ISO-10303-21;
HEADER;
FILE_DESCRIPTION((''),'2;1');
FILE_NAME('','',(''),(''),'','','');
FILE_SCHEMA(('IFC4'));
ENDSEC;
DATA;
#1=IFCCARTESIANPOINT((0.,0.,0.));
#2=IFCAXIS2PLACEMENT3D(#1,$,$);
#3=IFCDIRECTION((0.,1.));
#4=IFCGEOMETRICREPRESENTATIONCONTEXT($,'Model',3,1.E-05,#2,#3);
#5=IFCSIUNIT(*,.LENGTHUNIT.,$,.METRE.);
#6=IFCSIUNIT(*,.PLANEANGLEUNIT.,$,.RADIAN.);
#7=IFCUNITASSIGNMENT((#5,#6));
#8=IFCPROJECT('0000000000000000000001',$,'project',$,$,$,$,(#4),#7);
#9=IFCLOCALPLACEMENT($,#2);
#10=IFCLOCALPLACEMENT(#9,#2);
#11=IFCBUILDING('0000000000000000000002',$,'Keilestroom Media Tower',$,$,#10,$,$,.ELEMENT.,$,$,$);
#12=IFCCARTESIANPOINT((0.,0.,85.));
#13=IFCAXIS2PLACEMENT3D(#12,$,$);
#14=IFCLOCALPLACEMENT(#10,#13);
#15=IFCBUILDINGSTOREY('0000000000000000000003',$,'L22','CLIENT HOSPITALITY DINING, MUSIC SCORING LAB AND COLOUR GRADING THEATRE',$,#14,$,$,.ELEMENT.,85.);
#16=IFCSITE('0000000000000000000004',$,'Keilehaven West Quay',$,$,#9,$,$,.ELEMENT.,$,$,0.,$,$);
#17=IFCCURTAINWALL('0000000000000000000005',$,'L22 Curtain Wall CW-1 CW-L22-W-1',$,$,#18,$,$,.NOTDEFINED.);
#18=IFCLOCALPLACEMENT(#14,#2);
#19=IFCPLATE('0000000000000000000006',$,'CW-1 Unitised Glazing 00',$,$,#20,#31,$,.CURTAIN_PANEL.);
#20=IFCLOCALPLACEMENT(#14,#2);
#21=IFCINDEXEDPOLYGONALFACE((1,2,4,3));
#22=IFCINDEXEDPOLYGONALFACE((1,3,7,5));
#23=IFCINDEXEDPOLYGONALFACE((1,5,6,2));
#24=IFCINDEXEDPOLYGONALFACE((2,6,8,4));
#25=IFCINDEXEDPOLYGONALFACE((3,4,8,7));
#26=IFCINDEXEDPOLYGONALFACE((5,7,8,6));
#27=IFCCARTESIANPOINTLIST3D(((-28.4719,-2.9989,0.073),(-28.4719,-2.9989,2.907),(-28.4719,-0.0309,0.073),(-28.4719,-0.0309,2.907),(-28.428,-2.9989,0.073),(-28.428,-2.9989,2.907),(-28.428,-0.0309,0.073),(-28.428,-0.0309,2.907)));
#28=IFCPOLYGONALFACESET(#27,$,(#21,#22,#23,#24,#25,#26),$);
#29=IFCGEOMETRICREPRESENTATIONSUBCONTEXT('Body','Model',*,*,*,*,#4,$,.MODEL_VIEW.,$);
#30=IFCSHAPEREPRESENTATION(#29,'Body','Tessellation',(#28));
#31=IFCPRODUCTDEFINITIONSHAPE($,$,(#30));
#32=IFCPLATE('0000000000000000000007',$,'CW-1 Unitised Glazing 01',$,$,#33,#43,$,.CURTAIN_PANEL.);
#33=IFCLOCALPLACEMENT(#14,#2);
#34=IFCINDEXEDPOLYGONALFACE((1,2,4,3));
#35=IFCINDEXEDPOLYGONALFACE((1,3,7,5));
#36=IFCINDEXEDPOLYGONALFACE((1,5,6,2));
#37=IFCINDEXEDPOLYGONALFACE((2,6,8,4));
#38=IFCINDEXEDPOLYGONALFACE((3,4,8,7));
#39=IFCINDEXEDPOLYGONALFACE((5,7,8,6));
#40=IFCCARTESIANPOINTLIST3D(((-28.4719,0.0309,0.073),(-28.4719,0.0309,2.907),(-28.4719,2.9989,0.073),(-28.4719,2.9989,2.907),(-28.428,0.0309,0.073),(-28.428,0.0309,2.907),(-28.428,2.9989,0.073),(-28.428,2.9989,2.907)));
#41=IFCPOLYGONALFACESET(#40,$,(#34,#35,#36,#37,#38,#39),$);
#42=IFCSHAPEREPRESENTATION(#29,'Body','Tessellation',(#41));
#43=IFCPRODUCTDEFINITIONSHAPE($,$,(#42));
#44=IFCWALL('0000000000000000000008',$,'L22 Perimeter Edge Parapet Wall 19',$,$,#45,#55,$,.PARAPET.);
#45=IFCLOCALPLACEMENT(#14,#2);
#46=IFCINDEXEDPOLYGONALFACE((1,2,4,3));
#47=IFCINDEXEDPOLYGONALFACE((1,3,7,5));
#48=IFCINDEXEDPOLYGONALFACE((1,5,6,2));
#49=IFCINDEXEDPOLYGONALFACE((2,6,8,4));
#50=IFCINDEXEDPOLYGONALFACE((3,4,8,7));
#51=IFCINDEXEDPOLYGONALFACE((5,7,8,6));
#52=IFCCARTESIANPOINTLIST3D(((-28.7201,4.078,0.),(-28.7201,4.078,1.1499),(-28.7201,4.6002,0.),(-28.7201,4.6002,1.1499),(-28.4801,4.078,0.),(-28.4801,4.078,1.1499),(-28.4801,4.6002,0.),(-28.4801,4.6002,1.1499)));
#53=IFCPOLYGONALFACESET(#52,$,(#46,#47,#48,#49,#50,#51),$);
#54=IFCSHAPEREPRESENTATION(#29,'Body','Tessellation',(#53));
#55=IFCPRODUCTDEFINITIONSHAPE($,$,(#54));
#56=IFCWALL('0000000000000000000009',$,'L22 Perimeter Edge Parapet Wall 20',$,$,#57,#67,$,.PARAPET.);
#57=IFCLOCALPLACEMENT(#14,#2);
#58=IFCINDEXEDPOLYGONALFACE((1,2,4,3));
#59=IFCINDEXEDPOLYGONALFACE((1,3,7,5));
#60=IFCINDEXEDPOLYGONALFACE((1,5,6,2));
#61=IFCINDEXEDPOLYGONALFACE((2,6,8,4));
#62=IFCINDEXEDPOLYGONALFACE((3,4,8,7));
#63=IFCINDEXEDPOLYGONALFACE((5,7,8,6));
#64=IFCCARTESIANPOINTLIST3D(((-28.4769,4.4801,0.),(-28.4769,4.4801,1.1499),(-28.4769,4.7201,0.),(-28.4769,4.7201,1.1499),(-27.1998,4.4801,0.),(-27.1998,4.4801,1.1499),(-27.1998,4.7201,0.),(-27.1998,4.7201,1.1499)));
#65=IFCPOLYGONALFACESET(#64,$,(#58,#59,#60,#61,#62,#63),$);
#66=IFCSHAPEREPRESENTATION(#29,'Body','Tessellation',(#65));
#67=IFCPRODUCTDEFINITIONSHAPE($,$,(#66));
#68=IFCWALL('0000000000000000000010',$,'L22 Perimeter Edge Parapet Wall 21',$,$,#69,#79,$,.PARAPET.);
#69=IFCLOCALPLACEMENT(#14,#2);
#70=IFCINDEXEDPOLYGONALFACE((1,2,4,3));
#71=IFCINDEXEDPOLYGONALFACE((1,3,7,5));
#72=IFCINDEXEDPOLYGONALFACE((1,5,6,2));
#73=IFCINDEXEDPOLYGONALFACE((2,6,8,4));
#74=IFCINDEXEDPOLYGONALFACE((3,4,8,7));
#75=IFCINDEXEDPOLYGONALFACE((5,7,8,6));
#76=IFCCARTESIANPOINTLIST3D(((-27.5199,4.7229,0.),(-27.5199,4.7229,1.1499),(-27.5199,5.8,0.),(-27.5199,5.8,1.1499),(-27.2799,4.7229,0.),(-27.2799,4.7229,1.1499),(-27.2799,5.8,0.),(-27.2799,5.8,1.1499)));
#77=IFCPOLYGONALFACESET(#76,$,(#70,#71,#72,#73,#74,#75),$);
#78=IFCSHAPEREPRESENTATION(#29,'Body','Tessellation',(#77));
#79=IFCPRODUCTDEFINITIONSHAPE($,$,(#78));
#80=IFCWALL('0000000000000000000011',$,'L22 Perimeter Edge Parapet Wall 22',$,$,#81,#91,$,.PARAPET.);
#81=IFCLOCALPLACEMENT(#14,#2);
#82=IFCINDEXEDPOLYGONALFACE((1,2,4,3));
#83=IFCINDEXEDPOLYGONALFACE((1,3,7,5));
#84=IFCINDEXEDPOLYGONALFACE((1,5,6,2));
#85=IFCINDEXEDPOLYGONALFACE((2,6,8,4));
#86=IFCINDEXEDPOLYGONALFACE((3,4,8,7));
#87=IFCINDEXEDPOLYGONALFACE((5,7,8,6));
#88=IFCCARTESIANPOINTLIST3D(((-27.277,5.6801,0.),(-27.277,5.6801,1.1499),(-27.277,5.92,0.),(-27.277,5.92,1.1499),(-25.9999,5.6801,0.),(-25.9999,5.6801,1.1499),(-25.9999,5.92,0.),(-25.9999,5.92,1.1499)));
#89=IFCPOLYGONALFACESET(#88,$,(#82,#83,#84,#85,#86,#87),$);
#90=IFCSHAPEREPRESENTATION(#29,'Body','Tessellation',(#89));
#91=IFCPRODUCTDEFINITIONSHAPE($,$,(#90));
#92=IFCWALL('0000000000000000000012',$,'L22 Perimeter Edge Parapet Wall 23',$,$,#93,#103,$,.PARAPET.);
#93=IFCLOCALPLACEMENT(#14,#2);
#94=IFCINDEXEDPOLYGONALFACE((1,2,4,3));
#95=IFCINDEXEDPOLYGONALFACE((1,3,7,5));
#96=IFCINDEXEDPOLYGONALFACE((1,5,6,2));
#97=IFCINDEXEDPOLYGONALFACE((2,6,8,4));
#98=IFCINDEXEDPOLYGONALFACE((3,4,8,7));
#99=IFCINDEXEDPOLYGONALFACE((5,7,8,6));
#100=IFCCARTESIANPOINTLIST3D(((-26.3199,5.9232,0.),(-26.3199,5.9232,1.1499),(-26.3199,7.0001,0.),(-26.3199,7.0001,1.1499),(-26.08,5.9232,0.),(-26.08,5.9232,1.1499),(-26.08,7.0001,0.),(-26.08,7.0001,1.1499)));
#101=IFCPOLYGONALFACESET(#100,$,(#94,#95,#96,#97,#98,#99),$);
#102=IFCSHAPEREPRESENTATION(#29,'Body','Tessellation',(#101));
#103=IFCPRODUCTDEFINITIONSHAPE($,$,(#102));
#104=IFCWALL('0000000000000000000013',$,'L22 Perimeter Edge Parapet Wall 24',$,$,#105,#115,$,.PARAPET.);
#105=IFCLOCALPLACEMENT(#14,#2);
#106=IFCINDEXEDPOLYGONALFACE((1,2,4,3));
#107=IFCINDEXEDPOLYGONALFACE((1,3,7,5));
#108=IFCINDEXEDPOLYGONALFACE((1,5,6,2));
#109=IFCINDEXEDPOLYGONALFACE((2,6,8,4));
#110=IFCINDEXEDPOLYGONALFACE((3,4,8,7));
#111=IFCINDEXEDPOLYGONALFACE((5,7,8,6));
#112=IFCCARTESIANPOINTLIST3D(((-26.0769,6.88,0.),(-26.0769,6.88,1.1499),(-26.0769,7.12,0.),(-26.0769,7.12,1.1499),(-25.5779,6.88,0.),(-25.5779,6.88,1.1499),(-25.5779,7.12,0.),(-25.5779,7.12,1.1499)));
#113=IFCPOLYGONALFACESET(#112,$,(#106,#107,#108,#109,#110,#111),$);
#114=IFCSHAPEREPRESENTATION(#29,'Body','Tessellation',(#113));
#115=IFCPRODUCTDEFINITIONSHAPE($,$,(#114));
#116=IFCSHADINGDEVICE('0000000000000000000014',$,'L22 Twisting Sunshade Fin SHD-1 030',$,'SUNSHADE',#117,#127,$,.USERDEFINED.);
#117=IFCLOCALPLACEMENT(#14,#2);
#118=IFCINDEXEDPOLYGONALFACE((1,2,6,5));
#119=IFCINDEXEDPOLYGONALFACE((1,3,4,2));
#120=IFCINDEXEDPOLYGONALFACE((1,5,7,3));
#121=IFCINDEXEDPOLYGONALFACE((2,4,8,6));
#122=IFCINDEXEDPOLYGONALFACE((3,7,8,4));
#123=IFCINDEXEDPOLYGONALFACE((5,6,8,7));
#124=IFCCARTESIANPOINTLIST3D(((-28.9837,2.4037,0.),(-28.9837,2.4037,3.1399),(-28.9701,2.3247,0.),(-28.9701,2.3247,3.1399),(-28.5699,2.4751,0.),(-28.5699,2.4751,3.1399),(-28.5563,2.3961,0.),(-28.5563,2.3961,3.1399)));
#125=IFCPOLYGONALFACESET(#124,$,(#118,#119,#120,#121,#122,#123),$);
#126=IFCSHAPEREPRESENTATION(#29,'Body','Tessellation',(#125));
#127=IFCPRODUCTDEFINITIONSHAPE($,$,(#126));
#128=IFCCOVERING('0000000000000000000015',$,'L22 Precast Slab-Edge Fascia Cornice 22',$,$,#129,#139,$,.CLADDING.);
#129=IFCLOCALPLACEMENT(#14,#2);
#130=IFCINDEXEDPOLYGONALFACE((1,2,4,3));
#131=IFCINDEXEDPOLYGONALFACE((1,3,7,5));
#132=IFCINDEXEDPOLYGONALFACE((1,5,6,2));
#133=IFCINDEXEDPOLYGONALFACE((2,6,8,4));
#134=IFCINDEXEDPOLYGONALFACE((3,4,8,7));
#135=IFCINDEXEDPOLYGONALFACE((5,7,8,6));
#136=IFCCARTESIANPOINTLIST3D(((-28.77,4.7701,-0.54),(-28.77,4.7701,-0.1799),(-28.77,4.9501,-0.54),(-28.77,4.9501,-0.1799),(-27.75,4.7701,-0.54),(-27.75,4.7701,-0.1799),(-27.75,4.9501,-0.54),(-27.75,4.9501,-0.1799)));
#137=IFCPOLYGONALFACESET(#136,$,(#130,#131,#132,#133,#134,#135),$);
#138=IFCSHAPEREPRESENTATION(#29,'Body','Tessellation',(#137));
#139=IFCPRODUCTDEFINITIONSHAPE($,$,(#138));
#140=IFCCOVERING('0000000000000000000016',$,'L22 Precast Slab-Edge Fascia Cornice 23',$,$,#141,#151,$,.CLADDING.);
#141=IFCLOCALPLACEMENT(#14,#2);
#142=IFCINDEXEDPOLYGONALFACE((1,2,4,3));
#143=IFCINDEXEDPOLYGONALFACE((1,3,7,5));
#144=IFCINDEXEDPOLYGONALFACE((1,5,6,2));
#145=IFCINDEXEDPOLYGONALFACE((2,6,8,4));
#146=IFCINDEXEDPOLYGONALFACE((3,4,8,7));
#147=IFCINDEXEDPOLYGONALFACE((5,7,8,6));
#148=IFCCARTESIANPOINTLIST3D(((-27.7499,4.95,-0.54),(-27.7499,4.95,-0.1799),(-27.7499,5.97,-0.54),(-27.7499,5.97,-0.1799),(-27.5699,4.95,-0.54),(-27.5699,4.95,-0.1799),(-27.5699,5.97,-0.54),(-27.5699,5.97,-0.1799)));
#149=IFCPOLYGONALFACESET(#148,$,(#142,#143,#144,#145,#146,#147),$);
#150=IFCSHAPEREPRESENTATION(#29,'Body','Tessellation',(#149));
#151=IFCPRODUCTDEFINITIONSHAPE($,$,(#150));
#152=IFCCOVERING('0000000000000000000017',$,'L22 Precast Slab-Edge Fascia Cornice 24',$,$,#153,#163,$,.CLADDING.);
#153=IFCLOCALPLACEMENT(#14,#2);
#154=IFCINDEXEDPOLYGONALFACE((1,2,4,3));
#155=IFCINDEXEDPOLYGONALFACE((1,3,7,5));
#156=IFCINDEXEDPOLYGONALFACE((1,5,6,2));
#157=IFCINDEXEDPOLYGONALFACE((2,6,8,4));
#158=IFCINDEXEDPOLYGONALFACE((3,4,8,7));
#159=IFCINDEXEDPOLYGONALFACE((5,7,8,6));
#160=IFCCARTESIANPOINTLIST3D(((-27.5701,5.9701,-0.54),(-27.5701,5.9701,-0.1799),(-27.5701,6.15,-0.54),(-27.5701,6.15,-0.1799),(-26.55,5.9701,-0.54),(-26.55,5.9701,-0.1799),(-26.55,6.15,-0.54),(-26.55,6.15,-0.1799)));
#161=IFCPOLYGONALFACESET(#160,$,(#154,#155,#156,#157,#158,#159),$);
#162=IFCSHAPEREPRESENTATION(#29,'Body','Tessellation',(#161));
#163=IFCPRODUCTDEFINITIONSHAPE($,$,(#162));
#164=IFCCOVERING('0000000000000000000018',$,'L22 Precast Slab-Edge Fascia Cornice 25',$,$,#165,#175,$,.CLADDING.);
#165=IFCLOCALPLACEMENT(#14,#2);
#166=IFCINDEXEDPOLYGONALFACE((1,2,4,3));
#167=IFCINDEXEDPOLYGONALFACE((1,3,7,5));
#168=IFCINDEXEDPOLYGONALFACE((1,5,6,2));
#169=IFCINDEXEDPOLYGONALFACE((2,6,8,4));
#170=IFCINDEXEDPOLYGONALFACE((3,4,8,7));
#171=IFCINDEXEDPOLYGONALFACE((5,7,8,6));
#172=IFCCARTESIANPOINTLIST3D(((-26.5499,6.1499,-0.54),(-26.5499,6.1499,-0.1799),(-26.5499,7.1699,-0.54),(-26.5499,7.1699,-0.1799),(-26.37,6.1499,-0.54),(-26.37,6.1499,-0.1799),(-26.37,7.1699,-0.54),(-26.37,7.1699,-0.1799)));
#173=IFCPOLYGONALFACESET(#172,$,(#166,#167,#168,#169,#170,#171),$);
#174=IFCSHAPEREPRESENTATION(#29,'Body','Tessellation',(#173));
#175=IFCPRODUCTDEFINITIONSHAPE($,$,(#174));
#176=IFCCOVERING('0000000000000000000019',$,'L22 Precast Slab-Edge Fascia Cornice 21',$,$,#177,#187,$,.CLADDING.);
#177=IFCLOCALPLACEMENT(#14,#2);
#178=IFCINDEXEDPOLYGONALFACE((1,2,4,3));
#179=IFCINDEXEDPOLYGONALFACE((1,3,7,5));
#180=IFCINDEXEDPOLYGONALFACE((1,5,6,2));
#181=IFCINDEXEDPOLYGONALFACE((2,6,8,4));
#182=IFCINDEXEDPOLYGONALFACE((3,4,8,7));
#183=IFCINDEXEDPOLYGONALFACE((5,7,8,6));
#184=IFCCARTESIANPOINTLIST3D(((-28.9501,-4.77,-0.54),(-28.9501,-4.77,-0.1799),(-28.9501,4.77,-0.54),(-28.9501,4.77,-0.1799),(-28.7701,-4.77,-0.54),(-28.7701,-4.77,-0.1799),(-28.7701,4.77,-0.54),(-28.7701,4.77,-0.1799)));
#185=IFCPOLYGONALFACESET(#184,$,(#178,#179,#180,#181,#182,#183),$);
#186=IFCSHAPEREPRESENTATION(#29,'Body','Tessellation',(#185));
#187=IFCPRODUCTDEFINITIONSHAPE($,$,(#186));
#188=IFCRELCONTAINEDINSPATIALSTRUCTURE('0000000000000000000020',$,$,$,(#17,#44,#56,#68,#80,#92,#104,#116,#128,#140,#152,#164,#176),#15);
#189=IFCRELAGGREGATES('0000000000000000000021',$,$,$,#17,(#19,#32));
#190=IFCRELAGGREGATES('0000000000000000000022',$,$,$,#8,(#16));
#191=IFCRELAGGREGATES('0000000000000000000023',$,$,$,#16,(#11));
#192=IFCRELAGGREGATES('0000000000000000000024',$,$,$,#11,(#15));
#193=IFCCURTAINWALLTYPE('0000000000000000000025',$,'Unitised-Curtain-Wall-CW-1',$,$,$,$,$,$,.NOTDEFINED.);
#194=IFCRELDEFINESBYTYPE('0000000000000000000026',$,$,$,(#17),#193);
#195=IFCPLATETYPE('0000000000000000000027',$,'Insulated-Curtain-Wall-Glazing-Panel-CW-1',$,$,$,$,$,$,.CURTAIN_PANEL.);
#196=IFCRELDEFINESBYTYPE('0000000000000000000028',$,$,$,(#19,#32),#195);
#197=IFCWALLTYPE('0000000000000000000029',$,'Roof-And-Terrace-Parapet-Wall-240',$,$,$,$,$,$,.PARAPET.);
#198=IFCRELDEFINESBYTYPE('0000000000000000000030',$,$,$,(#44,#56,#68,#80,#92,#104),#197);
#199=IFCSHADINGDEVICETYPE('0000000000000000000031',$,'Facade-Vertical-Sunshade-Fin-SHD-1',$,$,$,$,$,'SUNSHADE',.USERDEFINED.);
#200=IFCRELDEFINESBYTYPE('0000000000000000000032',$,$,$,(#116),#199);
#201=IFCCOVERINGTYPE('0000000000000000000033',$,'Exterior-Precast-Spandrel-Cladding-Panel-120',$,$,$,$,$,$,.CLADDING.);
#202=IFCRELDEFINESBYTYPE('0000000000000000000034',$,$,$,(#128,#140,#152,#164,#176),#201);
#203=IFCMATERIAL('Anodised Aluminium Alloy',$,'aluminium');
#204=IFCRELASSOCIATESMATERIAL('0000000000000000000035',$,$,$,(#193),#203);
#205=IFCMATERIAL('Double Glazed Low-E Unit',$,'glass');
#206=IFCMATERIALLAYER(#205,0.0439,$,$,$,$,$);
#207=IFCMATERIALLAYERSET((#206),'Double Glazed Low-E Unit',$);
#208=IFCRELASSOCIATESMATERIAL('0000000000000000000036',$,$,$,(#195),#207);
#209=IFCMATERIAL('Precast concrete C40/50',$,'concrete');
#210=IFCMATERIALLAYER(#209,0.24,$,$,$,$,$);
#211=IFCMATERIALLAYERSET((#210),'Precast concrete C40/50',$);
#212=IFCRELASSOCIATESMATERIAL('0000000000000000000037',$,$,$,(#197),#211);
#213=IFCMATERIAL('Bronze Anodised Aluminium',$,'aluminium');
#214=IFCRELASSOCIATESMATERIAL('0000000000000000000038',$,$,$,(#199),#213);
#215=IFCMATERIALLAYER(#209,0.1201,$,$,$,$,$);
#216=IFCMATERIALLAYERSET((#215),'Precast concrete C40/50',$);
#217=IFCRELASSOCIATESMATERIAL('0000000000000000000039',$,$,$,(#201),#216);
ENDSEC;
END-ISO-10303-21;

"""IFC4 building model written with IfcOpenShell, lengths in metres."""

from ifc_helpers import new_model, si_unit, direction, frame, frame_2d, origin, origin_2d, place, context, subcontext, project, spatial, rectangle, extrude, source, transform, mapped, material, layer, layer_set, type_object, element, aggregate, save


model = new_model("IFC4")

# Units and contexts
model_context = context("Model", 3, precision=1e-05, world=origin(), true_north=direction((0.0, 1.0)))
body_context = subcontext(model_context, "Body", "Model", "MODEL_VIEW")
ifc_project = project(units=[si_unit("LENGTHUNIT", "METRE"), si_unit("PLANEANGLEUNIT", "RADIAN")], contexts=[model_context])

# Site, building, storey
site_placement = place(None, origin())
site = spatial("IfcSite", under=ifc_project, at=site_placement, Name="Keilehaven West Quay", CompositionType="ELEMENT", RefElevation=0.0)
building_placement = place(site_placement, origin())
building = spatial("IfcBuilding", under=site, at=building_placement, Name="Keilestroom Media Tower", CompositionType="ELEMENT")
storey_placement = place(building_placement, frame((0.0, 0.0, 85.0)))
storey = spatial("IfcBuildingStorey", under=building, at=storey_placement, Name="L22", Description="CLIENT HOSPITALITY DINING, MUSIC SCORING LAB AND COLOUR GRADING THEATRE", CompositionType="ELEMENT", Elevation=85.0)

# Shared definitions
ifc_material_1 = material(Name="Precast concrete C40/50", Category="concrete")

# Curtain wall, plates
ifc_material_2 = material(Name="Anodised Aluminium Alloy", Category="aluminium")
curtain_wall_type = type_object("IfcCurtainWallType", Name="Unitised-Curtain-Wall-CW-1", PredefinedType="NOTDEFINED", material=ifc_material_2)
curtain_wall_placement = place(storey_placement, origin())
curtain_wall = element("IfcCurtainWall", 1, at=curtain_wall_placement, inside=storey, type_object=curtain_wall_type, Name="L22 Curtain Wall CW-1 CW-L22-W-1", PredefinedType="NOTDEFINED")
ifc_material_3 = material(Name="Double Glazed Low-E Unit", Category="glass")
ifc_layer_1 = layer(ifc_material_3, 0.0439)
ifc_layer_set_1 = layer_set([ifc_layer_1], Name="Double Glazed Low-E Unit")
plate_type = type_object("IfcPlateType", Name="Insulated-Curtain-Wall-Glazing-Panel-CW-1", PredefinedType="CURTAIN_PANEL", material=ifc_layer_set_1)
shared_shape_1 = source(origin(), body_context, "Body", "SweptSolid", [
    extrude(rectangle(XDim=2.968, YDim=0.0439, at=origin_2d()), origin(), (0.0, 0.0, 1.0), 2.834),
])
plate_1_placement = place(storey_placement, frame((-28.45, -1.5149, 0.073), z_axis=(0.0, 0.0, 1.0), x_axis=(0.0, 1.0, 0.0)))
plate_1 = element("IfcPlate", 2, at=plate_1_placement, type_object=plate_type, Name="CW-1 Unitised Glazing 00", PredefinedType="CURTAIN_PANEL", context=body_context, shape_type="MappedRepresentation", body=[
    mapped(shared_shape_1, transform((0.0, 0.0, 0.0), x_axis=(1.0, 0.0, 0.0), y_axis=(0.0, 1.0, 0.0), z_axis=(0.0, 0.0, 1.0), scale=1.0)),
])
plate_2_placement = place(storey_placement, frame((-28.45, 1.5149, 0.073), z_axis=(0.0, 0.0, 1.0), x_axis=(0.0, 1.0, 0.0)))
plate_2 = element("IfcPlate", 3, at=plate_2_placement, type_object=plate_type, Name="CW-1 Unitised Glazing 01", PredefinedType="CURTAIN_PANEL", context=body_context, shape_type="MappedRepresentation", body=[
    mapped(shared_shape_1, transform((0.0, 0.0, 0.0), x_axis=(1.0, 0.0, 0.0), y_axis=(0.0, 1.0, 0.0), z_axis=(0.0, 0.0, 1.0), scale=1.0)),
])
aggregate(curtain_wall, [plate_1, plate_2])

# Walls
ifc_layer_2 = layer(ifc_material_1, 0.24)
ifc_layer_set_2 = layer_set([ifc_layer_2], Name="Precast concrete C40/50")
wall_type = type_object("IfcWallType", Name="Roof-And-Terrace-Parapet-Wall-240", PredefinedType="PARAPET", material=ifc_layer_set_2)
wall_1_placement = place(storey_placement, frame((-28.6001, 4.0779, 0.0), z_axis=(0.0, 0.0, 1.0), x_axis=(0.0, 1.0, 0.0)))
element("IfcWall", 4, at=wall_1_placement, inside=storey, type_object=wall_type, Name="L22 Perimeter Edge Parapet Wall 19", PredefinedType="PARAPET", context=body_context, shape_type="SweptSolid", body=[
    extrude(rectangle(XDim=0.5222, YDim=0.24, at=frame_2d((0.2612, 0.0))), origin(), (0.0, 0.0, 1.0), 1.1499),
])
wall_2_placement = place(storey_placement, frame((-28.4771, 4.6001, 0.0), z_axis=(0.0, 0.0, 1.0), x_axis=(1.0, 0.0, 0.0)))
element("IfcWall", 5, at=wall_2_placement, inside=storey, type_object=wall_type, Name="L22 Perimeter Edge Parapet Wall 20", PredefinedType="PARAPET", context=body_context, shape_type="SweptSolid", body=[
    extrude(rectangle(XDim=1.2771, YDim=0.24, at=frame_2d((0.6387, 0.0))), origin(), (0.0, 0.0, 1.0), 1.1499),
])
wall_3_placement = place(storey_placement, frame((-27.3999, 4.7229, 0.0), z_axis=(0.0, 0.0, 1.0), x_axis=(0.0, 1.0, 0.0)))
element("IfcWall", 6, at=wall_3_placement, inside=storey, type_object=wall_type, Name="L22 Perimeter Edge Parapet Wall 21", PredefinedType="PARAPET", context=body_context, shape_type="SweptSolid", body=[
    extrude(rectangle(XDim=1.0771, YDim=0.24, at=frame_2d((0.5386, 0.0))), origin(), (0.0, 0.0, 1.0), 1.1499),
])
wall_4_placement = place(storey_placement, frame((-27.2771, 5.8, 0.0), z_axis=(0.0, 0.0, 1.0), x_axis=(1.0, 0.0, 0.0)))
element("IfcWall", 7, at=wall_4_placement, inside=storey, type_object=wall_type, Name="L22 Perimeter Edge Parapet Wall 22", PredefinedType="PARAPET", context=body_context, shape_type="SweptSolid", body=[
    extrude(rectangle(XDim=1.2771, YDim=0.24, at=frame_2d((0.6387, 0.0))), origin(), (0.0, 0.0, 1.0), 1.1499),
])
wall_5_placement = place(storey_placement, frame((-26.2, 5.9231, 0.0), z_axis=(0.0, 0.0, 1.0), x_axis=(0.0, 1.0, 0.0)))
element("IfcWall", 8, at=wall_5_placement, inside=storey, type_object=wall_type, Name="L22 Perimeter Edge Parapet Wall 23", PredefinedType="PARAPET", context=body_context, shape_type="SweptSolid", body=[
    extrude(rectangle(XDim=1.0769, YDim=0.24, at=frame_2d((0.5386, 0.0))), origin(), (0.0, 0.0, 1.0), 1.1499),
])
wall_6_placement = place(storey_placement, frame((-26.0769, 7.0, 0.0), z_axis=(0.0, 0.0, 1.0), x_axis=(1.0, 0.0, 0.0)))
element("IfcWall", 9, at=wall_6_placement, inside=storey, type_object=wall_type, Name="L22 Perimeter Edge Parapet Wall 24", PredefinedType="PARAPET", context=body_context, shape_type="SweptSolid", body=[
    extrude(rectangle(XDim=0.499, YDim=0.24, at=frame_2d((0.2495, 0.0))), origin(), (0.0, 0.0, 1.0), 1.1499),
])

# Shading device
ifc_material_4 = material(Name="Bronze Anodised Aluminium", Category="aluminium")
shading_device_type = type_object("IfcShadingDeviceType", Name="Facade-Vertical-Sunshade-Fin-SHD-1", ElementType="SUNSHADE", PredefinedType="USERDEFINED", material=ifc_material_4)
shared_shape_2 = source(origin(), body_context, "Body", "SweptSolid", [
    extrude(rectangle(XDim=0.4199, YDim=0.0801, at=origin_2d()), origin(), (0.0, 0.0, 1.0), 3.1399),
])
shading_device_placement = place(storey_placement, frame((-28.77, 2.3999, 0.0), z_axis=(0.0, 0.0, 1.0), x_axis=(0.985438, 0.170038, 0.0)))
element("IfcShadingDevice", 10, at=shading_device_placement, inside=storey, type_object=shading_device_type, Name="L22 Twisting Sunshade Fin SHD-1 030", ObjectType="SUNSHADE", PredefinedType="USERDEFINED", context=body_context, shape_type="MappedRepresentation", body=[
    mapped(shared_shape_2, transform((0.0, 0.0, 0.0), x_axis=(1.0, 0.0, 0.0), y_axis=(0.0, 1.0, 0.0), z_axis=(0.0, 0.0, 1.0), scale=1.0)),
])

# Coverings
ifc_layer_3 = layer(ifc_material_1, 0.1201)
ifc_layer_set_3 = layer_set([ifc_layer_3], Name="Precast concrete C40/50")
covering_type = type_object("IfcCoveringType", Name="Exterior-Precast-Spandrel-Cladding-Panel-120", PredefinedType="CLADDING", material=ifc_layer_set_3)
shared_shape_3 = source(origin(), body_context, "Body", "SweptSolid", [
    extrude(rectangle(XDim=1.02, YDim=0.1799, at=origin_2d()), origin(), (0.0, 0.0, 1.0), 0.3601),
])
for number, where, z_axis, x_axis, name in (
    (11, (-28.26, 4.8601, -0.54), (0.0, 0.0, 1.0), (1.0, 0.0, 0.0), "L22 Precast Slab-Edge Fascia Cornice 22"),
    (12, (-27.6599, 5.46, -0.54), (0.0, 0.0, 1.0), (0.0, 1.0, 0.0), "L22 Precast Slab-Edge Fascia Cornice 23"),
    (13, (-27.0601, 6.0601, -0.54), (0.0, 0.0, 1.0), (1.0, 0.0, 0.0), "L22 Precast Slab-Edge Fascia Cornice 24"),
    (14, (-26.46, 6.6599, -0.54), (0.0, 0.0, 1.0), (0.0, 1.0, 0.0), "L22 Precast Slab-Edge Fascia Cornice 25"),
):
    element("IfcCovering", number, at=place(storey_placement, frame(where, z_axis=z_axis, x_axis=x_axis)), inside=storey, type_object=covering_type, Name=name, PredefinedType="CLADDING", context=body_context, shape_type="MappedRepresentation", body=[
        mapped(shared_shape_3, transform((0.0, 0.0, 0.0), x_axis=(1.0, 0.0, 0.0), y_axis=(0.0, 1.0, 0.0), z_axis=(0.0, 0.0, 1.0), scale=1.0)),
    ])
shared_shape_4 = source(origin(), body_context, "Body", "SweptSolid", [
    extrude(rectangle(XDim=9.54, YDim=0.1799, at=origin_2d()), origin(), (0.0, 0.0, 1.0), 0.3601),
])
covering_placement = place(storey_placement, frame((-28.8601, 0.0, -0.54), z_axis=(0.0, 0.0, 1.0), x_axis=(0.0, 1.0, 0.0)))
element("IfcCovering", 15, at=covering_placement, inside=storey, type_object=covering_type, Name="L22 Precast Slab-Edge Fascia Cornice 21", PredefinedType="CLADDING", context=body_context, shape_type="MappedRepresentation", body=[
    mapped(shared_shape_4, transform((0.0, 0.0, 0.0), x_axis=(1.0, 0.0, 0.0), y_axis=(0.0, 1.0, 0.0), z_axis=(0.0, 0.0, 1.0), scale=1.0)),
])

save(model, "model.ifc")
